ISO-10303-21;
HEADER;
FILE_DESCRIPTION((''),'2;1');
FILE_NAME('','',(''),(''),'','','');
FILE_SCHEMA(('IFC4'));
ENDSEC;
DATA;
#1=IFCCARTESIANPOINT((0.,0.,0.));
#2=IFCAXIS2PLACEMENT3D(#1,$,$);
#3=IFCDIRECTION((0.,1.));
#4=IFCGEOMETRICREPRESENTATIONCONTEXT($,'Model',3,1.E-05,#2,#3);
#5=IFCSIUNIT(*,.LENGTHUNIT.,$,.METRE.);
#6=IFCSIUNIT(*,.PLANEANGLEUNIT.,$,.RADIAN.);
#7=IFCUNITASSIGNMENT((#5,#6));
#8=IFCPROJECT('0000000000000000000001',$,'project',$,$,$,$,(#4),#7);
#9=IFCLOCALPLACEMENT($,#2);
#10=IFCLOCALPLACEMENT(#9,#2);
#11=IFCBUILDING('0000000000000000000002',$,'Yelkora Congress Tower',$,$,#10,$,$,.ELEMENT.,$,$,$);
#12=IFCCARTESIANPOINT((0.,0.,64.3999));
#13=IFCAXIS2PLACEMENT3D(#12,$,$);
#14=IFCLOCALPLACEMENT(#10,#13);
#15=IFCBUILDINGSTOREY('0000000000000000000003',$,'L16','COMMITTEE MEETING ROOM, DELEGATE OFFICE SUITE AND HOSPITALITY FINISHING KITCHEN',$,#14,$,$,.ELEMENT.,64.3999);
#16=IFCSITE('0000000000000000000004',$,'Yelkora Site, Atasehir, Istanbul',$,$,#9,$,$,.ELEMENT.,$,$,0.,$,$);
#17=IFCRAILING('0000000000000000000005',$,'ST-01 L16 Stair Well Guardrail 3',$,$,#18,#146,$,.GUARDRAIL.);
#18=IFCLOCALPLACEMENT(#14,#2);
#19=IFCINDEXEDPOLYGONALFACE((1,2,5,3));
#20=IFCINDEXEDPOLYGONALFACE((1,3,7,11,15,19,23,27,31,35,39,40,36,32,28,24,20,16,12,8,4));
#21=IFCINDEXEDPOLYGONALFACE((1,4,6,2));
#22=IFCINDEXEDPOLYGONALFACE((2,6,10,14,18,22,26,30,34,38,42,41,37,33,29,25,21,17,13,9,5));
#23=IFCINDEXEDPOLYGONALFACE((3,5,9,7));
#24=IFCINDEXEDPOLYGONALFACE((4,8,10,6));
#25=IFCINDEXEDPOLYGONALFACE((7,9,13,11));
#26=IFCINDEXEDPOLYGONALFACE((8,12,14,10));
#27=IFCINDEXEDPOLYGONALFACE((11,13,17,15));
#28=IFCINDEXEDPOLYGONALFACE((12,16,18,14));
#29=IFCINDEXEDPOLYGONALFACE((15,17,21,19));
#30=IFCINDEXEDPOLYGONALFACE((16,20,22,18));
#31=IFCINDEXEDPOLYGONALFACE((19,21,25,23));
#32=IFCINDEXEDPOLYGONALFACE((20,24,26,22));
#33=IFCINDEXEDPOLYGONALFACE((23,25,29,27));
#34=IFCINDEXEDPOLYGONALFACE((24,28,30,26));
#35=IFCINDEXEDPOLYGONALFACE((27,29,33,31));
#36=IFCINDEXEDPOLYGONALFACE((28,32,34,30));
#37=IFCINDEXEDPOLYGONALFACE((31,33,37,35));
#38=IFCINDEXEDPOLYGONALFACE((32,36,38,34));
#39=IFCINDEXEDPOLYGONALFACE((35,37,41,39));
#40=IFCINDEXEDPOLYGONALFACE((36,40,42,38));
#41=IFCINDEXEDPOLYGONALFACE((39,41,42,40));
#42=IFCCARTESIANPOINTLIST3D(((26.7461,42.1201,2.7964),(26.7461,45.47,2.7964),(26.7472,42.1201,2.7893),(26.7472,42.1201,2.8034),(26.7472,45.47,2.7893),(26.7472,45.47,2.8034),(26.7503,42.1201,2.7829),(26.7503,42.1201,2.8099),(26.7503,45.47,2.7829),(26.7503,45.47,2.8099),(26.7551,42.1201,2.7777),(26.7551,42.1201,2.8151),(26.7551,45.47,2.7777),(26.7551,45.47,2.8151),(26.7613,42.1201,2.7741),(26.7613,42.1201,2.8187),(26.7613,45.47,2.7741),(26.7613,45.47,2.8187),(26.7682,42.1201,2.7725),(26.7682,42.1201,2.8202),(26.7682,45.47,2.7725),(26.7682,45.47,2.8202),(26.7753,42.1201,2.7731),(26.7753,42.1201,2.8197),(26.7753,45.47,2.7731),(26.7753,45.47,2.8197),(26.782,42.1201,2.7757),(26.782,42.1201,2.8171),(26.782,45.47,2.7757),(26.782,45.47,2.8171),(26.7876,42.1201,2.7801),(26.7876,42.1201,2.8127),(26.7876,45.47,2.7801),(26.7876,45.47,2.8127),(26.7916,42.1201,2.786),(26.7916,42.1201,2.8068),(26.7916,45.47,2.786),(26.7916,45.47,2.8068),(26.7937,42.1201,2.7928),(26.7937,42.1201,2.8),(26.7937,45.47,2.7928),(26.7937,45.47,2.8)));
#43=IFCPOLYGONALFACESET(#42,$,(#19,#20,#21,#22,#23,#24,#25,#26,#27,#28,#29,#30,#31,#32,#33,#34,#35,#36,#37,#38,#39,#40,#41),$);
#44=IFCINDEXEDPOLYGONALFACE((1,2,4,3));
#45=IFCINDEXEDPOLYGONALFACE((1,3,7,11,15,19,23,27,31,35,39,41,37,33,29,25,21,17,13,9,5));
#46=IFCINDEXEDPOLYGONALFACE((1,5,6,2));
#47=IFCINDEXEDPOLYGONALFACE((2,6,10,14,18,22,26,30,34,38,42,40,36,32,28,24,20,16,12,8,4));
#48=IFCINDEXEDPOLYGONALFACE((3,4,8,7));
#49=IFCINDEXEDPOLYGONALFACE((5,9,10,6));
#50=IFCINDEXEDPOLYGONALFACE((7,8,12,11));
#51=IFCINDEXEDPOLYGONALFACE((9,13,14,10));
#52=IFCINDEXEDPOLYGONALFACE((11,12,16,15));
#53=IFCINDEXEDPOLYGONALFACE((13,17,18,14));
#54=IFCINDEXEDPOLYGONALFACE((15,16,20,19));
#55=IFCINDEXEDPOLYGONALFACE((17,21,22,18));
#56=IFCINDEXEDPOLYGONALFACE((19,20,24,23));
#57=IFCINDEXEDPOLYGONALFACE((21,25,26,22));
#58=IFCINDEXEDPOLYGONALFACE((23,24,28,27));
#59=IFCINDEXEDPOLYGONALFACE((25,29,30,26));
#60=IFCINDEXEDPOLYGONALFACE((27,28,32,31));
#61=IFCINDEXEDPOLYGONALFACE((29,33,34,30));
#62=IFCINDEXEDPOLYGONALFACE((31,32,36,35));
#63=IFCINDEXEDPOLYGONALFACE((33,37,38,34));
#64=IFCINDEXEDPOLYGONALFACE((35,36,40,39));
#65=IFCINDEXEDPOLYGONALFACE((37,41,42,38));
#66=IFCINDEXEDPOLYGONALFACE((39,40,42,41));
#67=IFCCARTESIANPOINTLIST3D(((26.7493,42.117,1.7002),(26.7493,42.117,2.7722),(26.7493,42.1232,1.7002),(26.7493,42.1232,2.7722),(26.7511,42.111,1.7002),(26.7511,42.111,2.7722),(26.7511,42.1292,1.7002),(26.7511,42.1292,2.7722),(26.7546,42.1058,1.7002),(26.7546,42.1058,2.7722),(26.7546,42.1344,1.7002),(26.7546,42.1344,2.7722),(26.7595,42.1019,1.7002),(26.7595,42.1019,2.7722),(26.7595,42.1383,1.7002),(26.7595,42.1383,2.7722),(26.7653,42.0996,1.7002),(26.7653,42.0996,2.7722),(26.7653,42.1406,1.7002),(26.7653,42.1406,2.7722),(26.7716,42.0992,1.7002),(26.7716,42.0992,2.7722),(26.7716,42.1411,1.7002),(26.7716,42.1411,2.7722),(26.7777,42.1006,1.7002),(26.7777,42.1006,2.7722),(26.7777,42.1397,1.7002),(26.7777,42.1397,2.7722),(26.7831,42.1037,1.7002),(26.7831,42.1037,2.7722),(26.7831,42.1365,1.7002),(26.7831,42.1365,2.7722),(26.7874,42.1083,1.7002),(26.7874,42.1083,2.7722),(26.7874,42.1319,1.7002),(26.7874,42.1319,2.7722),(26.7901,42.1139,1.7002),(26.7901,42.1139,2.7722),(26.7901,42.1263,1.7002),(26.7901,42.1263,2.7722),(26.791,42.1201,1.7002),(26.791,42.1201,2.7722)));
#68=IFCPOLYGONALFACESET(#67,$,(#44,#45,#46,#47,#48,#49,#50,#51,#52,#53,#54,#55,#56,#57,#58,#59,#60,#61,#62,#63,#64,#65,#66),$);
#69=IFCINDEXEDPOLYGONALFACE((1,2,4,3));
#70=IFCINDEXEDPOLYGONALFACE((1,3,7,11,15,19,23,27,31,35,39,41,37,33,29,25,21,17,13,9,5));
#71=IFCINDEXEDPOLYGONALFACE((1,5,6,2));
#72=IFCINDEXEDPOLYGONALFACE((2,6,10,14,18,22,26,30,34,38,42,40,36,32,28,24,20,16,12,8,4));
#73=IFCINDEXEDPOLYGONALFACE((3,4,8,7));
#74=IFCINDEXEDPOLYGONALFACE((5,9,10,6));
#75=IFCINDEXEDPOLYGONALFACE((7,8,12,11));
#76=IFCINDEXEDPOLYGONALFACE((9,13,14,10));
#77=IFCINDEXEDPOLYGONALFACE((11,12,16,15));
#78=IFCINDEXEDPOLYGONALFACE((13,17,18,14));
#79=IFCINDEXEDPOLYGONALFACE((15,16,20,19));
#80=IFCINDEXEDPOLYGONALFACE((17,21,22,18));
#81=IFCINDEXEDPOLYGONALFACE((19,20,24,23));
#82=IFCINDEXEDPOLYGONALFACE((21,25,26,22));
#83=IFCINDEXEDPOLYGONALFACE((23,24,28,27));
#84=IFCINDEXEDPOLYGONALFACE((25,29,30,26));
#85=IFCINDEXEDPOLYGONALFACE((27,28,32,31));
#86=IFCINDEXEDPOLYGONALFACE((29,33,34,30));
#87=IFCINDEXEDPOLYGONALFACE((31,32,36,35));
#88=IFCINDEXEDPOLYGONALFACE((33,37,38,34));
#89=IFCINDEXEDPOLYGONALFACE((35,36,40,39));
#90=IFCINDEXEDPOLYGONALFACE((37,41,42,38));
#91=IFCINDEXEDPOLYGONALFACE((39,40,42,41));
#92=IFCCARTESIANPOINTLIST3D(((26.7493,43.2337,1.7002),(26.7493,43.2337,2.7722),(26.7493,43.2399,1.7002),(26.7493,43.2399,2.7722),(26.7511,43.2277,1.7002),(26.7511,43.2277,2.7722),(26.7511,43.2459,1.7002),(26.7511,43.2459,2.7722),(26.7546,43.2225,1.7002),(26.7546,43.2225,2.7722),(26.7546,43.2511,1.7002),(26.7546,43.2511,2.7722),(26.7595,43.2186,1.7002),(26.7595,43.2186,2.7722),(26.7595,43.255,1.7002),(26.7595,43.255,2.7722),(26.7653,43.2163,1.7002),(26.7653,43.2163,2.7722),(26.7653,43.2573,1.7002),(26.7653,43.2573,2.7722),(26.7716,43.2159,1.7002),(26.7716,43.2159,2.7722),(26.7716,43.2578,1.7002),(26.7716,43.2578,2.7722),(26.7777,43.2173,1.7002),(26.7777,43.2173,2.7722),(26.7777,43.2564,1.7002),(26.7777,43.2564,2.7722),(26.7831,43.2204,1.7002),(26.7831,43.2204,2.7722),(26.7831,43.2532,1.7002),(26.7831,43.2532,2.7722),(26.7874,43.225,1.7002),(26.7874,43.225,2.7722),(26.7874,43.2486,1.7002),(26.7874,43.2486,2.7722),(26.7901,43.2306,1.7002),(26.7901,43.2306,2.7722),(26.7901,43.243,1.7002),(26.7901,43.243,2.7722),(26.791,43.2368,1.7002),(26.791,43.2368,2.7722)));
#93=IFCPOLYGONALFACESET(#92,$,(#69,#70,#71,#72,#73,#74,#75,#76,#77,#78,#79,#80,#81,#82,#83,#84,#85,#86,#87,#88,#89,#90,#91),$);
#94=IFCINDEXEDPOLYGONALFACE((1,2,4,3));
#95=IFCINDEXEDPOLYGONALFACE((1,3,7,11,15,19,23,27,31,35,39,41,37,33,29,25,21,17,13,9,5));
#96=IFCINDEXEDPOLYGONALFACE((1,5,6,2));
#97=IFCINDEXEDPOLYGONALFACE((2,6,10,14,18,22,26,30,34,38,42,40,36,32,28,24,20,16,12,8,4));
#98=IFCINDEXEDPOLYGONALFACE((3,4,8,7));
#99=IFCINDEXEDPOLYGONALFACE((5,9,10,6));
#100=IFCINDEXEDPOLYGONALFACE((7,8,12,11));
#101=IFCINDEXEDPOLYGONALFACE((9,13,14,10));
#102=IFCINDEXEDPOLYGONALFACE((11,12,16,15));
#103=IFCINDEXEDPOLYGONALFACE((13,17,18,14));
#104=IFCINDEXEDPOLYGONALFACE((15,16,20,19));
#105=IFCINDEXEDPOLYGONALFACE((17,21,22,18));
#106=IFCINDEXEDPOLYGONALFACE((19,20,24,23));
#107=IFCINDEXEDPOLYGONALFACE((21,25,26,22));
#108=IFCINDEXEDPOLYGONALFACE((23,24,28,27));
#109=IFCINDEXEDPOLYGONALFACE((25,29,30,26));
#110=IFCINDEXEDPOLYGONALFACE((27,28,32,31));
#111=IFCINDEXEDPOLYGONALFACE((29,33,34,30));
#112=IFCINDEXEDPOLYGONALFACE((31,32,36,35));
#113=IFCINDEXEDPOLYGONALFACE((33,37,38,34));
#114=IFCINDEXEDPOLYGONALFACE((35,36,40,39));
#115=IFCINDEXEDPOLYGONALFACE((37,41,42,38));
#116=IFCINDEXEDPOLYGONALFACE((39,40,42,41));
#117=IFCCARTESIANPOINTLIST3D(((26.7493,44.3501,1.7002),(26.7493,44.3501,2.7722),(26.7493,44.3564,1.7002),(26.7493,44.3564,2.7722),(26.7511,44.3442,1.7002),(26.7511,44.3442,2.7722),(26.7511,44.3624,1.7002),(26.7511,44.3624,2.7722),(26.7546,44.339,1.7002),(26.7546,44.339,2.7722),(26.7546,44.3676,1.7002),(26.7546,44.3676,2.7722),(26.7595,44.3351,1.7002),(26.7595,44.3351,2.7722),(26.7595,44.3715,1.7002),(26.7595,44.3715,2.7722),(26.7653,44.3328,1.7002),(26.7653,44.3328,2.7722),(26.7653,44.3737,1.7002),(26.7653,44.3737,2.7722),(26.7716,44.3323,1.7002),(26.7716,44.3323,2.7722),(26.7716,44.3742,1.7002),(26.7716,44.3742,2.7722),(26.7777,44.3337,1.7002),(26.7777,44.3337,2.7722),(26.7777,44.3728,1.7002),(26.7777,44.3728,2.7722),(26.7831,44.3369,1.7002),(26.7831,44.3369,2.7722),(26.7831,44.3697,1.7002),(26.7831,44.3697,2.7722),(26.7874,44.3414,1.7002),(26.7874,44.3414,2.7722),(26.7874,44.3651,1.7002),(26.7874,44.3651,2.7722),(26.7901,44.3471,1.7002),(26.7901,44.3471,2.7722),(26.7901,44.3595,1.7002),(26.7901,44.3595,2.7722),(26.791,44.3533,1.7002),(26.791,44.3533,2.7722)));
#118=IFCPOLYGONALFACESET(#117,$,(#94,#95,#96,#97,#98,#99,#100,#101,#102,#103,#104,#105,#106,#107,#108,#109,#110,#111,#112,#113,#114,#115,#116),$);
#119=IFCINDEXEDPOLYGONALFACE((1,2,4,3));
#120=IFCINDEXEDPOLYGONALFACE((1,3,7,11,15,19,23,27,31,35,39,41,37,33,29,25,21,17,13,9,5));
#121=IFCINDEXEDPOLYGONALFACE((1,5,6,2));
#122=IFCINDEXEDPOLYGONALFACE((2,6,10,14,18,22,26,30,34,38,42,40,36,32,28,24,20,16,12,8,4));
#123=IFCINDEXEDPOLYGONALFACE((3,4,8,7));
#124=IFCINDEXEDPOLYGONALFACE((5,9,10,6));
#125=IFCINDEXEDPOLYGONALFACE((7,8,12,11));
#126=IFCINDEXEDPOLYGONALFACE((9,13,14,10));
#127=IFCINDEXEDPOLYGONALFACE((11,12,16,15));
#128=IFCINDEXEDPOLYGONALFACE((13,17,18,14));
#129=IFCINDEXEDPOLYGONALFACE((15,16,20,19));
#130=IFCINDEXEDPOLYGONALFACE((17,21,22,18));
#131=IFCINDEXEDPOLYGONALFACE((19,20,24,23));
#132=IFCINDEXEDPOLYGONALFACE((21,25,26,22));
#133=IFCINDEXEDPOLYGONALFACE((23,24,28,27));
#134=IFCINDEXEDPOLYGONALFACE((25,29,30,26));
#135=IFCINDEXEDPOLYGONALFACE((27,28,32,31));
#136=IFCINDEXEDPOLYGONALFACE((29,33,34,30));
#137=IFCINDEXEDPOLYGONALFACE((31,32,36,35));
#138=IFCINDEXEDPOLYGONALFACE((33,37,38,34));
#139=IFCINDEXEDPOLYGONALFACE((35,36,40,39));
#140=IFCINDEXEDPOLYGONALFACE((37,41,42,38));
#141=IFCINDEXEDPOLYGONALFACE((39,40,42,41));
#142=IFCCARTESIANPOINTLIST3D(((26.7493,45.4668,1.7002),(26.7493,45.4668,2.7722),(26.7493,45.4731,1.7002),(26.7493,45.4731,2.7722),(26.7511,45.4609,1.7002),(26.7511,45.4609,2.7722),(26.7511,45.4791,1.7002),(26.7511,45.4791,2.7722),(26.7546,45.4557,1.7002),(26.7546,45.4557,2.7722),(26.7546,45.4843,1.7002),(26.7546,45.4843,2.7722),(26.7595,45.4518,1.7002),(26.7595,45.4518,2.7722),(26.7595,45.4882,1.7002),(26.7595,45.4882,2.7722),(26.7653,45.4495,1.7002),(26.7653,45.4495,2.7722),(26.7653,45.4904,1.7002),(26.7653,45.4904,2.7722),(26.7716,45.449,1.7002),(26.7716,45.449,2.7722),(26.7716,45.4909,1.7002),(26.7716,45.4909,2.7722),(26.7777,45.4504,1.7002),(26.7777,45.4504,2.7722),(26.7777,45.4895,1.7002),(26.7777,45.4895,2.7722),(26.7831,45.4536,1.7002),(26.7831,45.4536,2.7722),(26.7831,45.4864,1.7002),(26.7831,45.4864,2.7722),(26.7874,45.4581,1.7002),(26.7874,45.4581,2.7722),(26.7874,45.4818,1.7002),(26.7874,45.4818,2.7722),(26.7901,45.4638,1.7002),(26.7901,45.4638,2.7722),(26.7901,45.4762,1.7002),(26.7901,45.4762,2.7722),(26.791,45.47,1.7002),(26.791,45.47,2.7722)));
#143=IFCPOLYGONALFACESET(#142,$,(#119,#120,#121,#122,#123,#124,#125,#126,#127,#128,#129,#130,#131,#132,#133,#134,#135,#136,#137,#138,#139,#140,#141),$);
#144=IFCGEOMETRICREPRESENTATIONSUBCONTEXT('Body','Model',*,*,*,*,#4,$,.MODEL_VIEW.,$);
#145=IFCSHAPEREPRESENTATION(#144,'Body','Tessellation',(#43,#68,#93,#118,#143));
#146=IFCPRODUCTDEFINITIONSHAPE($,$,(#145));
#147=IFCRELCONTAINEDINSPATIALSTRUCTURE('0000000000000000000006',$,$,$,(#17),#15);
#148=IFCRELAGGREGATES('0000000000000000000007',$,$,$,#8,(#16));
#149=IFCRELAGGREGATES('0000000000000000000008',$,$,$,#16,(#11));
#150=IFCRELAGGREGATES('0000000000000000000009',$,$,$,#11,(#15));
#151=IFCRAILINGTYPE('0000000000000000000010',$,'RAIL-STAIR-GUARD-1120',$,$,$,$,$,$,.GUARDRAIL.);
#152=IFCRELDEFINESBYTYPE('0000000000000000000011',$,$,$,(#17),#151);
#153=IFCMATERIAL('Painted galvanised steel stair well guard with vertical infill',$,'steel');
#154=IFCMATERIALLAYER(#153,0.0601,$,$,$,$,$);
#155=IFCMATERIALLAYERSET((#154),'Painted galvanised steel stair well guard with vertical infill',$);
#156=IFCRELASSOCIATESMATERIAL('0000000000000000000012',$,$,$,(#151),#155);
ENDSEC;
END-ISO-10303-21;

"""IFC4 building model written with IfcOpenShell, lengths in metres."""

from ifc_helpers import new_model, si_unit, direction, frame, origin, origin_2d, place, context, subcontext, project, spatial, circle, extrude, material, layer, layer_set, type_object, element, save


model = new_model("IFC4")

# Units and contexts
model_context = context("Model", 3, precision=1e-05, world=origin(), true_north=direction((0.0, 1.0)))
body_context = subcontext(model_context, "Body", "Model", "MODEL_VIEW")
ifc_project = project(units=[si_unit("LENGTHUNIT", "METRE"), si_unit("PLANEANGLEUNIT", "RADIAN")], contexts=[model_context])

# Site, building, storey
site_placement = place(None, origin())
site = spatial("IfcSite", under=ifc_project, at=site_placement, Name="Yelkora Site, Atasehir, Istanbul", CompositionType="ELEMENT", RefElevation=0.0)
building_placement = place(site_placement, origin())
building = spatial("IfcBuilding", under=site, at=building_placement, Name="Yelkora Congress Tower", CompositionType="ELEMENT")
storey_placement = place(building_placement, frame((0.0, 0.0, 64.3999)))
storey = spatial("IfcBuildingStorey", under=building, at=storey_placement, Name="L16", Description="COMMITTEE MEETING ROOM, DELEGATE OFFICE SUITE AND HOSPITALITY FINISHING KITCHEN", CompositionType="ELEMENT", Elevation=64.3999)

# Railing
ifc_material_1 = material(Name="Painted galvanised steel stair well guard with vertical infill", Category="steel")
ifc_layer_1 = layer(ifc_material_1, 0.0601)
ifc_layer_set_1 = layer_set([ifc_layer_1], Name="Painted galvanised steel stair well guard with vertical infill")
railing_type_1 = type_object("IfcRailingType", Name="RAIL-STAIR-GUARD-1120", PredefinedType="GUARDRAIL", material=ifc_layer_set_1)
for number, where, name in (
    (1, (26.77, 42.1201, 1.7002), "ST-01 L16 Stair Well Guardrail 3"),
):
    element("IfcRailing", number, at=place(storey_placement, frame(where)), inside=storey, type_object=railing_type_1, Name=name, PredefinedType="GUARDRAIL", context=body_context, shape_type="SweptSolid", body=[
        extrude(circle(Radius=0.0239, at=origin_2d()), frame((0.0, 0.0, 1.0962), z_axis=(0.0, 1.0, 0.0), x_axis=(-1.0, 0.0, 0.0)), (0.0, 0.0, 1.0), 3.3499),
        extrude(circle(Radius=0.021, at=origin_2d()), origin(), (0.0, 0.0, 1.0), 1.072),
        extrude(circle(Radius=0.021, at=origin_2d()), frame((0.0, 1.1167, 0.0)), (0.0, 0.0, 1.0), 1.072),
        extrude(circle(Radius=0.021, at=origin_2d()), frame((0.0, 2.2332, 0.0)), (0.0, 0.0, 1.0), 1.072),
        extrude(circle(Radius=0.021, at=origin_2d()), frame((0.0, 3.3499, 0.0)), (0.0, 0.0, 1.0), 1.072),
    ])

save(model, "model.ifc")
